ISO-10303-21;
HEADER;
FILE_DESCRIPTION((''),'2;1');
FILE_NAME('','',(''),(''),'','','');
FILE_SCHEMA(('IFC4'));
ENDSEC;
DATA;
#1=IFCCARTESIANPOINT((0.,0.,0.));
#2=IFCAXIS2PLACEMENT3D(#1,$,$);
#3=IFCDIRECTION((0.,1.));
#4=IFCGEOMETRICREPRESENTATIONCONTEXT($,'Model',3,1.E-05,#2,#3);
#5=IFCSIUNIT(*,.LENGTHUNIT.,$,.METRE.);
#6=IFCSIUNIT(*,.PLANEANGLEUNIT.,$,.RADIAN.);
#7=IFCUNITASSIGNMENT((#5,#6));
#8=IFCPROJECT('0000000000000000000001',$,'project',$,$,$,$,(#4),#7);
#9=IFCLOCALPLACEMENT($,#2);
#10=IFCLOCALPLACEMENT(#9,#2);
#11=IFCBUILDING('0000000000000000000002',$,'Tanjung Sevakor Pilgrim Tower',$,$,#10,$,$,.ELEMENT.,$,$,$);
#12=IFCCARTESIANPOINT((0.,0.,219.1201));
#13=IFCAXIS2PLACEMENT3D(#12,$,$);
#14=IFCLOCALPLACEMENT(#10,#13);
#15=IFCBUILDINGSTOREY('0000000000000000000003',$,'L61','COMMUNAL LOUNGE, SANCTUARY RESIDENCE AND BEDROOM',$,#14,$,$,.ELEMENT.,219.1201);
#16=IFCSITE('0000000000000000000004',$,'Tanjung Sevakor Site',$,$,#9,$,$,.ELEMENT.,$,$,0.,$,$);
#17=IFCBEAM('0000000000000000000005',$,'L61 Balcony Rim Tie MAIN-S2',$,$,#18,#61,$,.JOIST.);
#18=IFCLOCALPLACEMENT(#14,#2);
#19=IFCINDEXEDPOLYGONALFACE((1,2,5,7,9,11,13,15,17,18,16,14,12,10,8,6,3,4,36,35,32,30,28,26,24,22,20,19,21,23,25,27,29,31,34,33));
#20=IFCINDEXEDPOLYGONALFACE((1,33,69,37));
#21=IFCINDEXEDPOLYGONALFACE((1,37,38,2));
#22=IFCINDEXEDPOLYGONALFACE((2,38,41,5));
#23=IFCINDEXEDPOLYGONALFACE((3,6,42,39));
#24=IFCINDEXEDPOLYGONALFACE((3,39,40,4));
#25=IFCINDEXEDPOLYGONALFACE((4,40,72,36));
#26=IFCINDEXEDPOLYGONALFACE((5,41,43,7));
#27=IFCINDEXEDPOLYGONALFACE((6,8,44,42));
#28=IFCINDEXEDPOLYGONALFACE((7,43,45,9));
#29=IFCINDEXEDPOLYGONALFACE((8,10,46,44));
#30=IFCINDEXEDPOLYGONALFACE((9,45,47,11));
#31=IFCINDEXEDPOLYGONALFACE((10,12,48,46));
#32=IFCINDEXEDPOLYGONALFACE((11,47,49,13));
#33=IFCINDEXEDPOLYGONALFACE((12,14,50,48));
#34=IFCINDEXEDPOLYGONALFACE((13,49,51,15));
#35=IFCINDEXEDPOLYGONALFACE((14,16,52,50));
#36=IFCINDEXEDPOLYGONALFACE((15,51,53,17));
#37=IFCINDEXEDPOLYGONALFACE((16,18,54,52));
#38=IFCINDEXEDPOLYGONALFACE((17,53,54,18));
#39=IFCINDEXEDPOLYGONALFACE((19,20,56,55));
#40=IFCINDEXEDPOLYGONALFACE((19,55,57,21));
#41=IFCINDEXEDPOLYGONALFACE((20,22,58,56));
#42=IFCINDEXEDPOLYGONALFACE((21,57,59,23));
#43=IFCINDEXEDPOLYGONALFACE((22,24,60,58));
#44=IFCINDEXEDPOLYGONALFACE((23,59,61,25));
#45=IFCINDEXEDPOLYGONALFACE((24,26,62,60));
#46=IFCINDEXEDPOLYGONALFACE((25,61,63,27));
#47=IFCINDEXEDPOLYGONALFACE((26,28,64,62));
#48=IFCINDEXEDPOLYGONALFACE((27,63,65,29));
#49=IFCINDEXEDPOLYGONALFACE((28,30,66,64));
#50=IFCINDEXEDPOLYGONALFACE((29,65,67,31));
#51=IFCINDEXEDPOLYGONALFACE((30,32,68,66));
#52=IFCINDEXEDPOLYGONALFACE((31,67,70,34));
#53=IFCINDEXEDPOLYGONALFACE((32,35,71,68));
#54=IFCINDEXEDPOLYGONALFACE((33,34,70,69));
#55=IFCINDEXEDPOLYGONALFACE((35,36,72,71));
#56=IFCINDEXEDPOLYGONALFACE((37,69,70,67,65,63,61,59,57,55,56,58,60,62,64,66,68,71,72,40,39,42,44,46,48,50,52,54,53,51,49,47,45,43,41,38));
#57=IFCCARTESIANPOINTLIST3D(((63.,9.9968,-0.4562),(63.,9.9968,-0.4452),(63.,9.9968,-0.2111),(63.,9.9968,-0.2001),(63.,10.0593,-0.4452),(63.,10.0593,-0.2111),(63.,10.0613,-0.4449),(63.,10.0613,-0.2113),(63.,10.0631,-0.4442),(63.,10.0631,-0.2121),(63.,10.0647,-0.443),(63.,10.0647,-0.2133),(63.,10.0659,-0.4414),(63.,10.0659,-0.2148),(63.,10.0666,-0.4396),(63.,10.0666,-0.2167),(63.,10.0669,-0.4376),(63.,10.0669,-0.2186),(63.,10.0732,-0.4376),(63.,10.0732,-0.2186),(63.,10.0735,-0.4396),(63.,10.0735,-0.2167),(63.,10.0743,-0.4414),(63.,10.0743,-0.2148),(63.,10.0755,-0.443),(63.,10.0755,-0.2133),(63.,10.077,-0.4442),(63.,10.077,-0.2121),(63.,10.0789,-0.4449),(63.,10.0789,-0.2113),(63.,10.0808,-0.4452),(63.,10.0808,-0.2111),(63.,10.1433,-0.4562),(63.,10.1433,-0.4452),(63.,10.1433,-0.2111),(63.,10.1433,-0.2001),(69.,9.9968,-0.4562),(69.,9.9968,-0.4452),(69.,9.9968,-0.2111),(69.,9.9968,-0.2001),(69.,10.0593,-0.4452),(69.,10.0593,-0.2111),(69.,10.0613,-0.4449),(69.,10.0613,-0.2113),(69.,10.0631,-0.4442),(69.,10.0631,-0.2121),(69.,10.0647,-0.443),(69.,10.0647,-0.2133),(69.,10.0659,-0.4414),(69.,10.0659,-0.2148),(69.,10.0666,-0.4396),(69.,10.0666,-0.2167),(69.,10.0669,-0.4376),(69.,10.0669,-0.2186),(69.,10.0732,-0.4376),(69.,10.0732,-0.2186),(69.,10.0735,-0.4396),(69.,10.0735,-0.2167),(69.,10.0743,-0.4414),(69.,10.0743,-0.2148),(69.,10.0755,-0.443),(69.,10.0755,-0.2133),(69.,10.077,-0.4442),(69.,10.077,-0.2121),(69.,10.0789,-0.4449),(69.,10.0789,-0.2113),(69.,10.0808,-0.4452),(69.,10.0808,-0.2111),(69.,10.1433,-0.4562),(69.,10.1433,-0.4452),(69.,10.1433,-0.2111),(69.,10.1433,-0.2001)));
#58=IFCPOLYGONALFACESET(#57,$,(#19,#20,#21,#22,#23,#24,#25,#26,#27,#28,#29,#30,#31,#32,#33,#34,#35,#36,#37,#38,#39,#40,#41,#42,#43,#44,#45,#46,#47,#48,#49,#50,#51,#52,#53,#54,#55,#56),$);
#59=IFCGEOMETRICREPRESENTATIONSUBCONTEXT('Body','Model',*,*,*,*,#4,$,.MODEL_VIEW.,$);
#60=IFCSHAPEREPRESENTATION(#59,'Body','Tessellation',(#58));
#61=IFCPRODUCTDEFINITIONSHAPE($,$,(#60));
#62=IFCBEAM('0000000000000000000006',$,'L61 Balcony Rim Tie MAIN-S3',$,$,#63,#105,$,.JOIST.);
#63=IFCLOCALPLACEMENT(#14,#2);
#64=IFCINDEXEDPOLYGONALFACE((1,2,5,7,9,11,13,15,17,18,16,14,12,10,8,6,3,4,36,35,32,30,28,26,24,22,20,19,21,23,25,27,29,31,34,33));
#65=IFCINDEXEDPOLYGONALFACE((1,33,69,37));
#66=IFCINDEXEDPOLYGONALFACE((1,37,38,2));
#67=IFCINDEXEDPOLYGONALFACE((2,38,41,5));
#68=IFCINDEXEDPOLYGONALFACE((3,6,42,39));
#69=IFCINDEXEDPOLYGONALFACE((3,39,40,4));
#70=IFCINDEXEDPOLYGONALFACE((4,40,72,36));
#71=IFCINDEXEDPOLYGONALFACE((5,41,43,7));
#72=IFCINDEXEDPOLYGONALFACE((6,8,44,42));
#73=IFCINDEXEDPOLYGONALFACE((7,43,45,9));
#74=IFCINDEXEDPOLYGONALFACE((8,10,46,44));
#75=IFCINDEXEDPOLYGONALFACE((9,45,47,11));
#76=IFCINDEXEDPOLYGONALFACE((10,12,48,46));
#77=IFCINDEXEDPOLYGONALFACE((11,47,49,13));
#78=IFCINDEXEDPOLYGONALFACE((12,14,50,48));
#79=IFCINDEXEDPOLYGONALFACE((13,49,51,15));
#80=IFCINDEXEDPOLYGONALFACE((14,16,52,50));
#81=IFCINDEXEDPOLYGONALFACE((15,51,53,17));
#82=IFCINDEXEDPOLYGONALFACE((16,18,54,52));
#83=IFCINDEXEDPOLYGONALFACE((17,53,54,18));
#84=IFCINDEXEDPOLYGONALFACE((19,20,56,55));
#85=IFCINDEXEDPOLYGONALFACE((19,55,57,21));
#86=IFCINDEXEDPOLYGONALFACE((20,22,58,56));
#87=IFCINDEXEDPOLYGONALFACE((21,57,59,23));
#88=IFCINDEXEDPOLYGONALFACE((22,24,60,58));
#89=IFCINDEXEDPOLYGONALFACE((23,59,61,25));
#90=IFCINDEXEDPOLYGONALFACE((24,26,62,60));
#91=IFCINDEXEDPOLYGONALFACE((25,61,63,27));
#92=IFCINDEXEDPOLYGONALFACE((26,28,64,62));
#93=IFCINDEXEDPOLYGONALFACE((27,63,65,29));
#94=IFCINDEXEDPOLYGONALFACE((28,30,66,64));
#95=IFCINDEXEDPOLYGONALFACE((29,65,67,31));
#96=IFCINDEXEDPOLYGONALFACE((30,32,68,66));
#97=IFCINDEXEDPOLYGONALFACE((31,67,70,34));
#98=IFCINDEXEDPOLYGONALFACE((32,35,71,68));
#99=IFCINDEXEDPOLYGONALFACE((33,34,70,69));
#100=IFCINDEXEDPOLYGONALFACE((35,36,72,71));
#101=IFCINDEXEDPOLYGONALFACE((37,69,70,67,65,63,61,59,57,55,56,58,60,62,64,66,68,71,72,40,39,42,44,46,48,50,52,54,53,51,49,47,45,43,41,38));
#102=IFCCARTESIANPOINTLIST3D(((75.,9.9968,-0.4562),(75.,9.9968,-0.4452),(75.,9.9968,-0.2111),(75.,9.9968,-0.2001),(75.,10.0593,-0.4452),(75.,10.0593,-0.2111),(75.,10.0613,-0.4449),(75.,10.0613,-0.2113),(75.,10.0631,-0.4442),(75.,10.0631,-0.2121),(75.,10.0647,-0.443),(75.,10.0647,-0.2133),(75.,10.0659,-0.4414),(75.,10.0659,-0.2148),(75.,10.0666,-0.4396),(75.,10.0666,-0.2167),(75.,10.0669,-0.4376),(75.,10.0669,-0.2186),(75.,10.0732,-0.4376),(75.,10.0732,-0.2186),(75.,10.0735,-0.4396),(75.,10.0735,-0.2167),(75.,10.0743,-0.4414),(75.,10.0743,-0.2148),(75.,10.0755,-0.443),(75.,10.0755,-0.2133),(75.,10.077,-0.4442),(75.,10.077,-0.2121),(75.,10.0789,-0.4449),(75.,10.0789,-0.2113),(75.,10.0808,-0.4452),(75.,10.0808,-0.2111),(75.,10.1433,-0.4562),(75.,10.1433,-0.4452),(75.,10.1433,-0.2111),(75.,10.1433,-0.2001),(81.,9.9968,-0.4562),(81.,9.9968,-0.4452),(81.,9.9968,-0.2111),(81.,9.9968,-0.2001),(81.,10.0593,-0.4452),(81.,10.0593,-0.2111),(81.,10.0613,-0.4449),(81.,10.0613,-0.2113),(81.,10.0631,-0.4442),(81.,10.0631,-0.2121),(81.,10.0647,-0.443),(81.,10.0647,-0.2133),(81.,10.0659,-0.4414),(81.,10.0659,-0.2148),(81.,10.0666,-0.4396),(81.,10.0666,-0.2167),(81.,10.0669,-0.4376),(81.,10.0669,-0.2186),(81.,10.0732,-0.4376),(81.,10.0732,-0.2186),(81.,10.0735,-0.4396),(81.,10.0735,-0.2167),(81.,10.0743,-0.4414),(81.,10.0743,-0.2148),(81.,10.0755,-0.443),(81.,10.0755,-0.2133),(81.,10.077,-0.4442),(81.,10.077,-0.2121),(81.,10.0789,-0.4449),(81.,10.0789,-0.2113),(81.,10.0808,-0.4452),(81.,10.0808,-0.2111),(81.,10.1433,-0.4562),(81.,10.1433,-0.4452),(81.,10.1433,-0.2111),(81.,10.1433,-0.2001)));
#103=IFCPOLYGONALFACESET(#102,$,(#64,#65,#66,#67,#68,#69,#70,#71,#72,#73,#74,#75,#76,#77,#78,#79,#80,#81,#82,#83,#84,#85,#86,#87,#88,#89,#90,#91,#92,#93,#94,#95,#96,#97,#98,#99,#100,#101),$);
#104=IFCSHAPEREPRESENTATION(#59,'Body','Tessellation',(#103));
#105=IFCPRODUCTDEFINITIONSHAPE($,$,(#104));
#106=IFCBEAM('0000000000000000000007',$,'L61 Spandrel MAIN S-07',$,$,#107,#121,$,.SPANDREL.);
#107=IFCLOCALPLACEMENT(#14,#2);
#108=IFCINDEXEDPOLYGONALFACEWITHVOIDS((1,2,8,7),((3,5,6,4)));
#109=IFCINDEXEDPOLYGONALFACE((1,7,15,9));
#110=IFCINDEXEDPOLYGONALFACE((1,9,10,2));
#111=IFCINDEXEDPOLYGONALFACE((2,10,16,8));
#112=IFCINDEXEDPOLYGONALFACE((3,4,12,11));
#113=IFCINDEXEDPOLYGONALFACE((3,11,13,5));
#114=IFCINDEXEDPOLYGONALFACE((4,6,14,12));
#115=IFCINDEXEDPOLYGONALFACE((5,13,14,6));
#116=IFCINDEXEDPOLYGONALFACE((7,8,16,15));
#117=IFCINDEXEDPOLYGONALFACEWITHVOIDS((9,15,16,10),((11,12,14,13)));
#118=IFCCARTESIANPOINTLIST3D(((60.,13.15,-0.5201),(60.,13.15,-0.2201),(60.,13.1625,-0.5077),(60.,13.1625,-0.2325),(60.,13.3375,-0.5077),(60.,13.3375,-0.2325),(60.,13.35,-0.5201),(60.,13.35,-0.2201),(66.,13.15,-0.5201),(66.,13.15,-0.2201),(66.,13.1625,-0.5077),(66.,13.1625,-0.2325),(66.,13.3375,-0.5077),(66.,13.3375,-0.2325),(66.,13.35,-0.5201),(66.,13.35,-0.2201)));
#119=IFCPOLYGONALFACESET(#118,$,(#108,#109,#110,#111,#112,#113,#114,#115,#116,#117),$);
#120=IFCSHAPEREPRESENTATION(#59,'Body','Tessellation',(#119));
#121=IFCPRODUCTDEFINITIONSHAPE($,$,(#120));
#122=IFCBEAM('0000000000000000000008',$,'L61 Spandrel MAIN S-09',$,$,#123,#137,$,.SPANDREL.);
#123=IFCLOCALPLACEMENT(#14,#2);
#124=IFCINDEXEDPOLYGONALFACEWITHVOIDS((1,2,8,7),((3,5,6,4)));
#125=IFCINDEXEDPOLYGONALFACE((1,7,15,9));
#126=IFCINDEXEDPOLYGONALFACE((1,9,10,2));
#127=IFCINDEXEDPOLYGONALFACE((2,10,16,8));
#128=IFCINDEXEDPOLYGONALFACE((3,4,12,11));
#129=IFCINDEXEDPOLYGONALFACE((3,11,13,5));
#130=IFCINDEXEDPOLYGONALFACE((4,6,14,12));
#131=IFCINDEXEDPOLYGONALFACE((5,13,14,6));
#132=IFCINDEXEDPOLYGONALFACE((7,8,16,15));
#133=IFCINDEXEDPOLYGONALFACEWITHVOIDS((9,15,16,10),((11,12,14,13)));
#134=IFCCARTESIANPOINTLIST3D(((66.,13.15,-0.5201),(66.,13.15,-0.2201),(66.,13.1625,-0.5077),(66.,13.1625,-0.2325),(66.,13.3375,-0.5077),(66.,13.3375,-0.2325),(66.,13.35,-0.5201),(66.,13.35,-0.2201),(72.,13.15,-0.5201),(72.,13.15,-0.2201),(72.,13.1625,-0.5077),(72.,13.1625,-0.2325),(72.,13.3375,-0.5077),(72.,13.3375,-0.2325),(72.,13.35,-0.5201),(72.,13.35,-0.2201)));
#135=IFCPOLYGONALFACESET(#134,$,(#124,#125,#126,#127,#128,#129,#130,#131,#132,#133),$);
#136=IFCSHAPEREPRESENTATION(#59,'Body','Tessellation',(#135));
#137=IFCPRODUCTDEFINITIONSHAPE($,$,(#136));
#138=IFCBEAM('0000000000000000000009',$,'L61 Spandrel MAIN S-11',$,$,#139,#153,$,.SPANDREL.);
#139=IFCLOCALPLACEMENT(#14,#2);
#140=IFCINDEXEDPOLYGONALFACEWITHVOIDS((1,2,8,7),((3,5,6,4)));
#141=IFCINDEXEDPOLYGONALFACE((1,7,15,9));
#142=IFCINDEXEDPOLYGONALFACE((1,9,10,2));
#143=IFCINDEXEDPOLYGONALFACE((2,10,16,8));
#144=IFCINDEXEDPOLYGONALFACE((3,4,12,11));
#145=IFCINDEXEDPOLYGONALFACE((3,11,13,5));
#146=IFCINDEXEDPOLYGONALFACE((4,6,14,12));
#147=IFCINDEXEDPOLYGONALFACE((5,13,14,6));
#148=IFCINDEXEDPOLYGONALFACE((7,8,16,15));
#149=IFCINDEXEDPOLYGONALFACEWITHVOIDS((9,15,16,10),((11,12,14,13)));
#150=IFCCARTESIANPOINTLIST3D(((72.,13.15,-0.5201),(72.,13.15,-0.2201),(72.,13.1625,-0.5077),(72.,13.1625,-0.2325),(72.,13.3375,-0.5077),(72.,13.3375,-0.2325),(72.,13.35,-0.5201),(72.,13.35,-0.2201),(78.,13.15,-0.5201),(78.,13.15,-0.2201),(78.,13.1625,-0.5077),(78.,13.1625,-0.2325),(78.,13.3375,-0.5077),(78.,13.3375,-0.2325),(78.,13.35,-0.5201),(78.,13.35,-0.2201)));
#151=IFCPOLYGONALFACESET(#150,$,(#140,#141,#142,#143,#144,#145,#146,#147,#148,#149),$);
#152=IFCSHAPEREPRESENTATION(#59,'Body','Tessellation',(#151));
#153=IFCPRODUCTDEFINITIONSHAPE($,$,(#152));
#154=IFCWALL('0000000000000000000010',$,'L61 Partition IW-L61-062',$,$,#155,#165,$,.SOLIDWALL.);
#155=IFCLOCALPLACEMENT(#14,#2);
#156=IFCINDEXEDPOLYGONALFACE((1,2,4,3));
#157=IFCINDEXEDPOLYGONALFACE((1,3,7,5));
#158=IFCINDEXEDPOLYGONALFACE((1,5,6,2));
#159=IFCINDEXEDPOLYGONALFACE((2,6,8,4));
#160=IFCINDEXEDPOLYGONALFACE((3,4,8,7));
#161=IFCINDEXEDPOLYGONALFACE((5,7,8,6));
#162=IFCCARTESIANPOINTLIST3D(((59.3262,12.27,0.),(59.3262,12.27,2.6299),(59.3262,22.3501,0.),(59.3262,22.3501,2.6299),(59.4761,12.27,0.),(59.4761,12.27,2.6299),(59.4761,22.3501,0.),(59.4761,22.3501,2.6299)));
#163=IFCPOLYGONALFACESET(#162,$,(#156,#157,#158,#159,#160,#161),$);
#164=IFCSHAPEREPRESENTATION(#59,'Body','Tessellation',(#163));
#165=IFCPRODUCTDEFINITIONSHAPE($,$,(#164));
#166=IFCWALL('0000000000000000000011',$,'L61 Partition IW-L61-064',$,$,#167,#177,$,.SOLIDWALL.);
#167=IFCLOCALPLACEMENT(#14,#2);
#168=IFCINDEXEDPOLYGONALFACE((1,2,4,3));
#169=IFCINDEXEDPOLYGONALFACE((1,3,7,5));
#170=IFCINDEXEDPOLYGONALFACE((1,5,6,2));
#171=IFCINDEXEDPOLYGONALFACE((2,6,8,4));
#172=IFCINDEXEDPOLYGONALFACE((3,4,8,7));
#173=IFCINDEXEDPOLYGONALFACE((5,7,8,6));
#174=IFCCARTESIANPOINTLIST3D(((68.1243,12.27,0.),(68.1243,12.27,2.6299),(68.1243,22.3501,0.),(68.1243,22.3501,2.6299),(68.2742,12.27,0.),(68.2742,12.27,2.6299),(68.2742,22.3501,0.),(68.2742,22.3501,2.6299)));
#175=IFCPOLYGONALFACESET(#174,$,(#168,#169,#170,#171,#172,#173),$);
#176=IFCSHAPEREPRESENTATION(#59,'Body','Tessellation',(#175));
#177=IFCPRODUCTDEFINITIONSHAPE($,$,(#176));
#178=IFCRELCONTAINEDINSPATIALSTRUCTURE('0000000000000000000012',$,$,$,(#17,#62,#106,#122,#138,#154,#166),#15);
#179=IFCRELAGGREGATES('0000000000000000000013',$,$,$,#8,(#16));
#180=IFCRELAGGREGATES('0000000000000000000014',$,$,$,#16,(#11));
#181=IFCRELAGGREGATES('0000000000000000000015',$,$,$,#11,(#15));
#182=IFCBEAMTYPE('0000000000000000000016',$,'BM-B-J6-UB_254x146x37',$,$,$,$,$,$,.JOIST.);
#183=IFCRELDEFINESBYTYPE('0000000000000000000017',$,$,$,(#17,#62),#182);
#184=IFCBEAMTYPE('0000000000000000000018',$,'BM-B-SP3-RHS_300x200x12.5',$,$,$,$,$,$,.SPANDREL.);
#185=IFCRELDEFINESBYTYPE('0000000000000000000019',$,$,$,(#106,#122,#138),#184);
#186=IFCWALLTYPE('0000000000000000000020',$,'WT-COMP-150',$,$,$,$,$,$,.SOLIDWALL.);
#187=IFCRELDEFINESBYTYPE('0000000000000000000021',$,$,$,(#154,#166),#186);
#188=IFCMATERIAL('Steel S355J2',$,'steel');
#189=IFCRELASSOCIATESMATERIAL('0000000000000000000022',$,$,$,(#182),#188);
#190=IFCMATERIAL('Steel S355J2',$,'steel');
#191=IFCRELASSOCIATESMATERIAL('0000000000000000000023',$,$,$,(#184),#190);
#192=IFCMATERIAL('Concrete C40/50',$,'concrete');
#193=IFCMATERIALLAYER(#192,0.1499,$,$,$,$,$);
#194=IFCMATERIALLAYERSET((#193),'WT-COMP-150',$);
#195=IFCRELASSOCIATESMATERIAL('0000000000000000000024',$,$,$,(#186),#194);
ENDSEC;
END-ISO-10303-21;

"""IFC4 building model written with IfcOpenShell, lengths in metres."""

from ifc_helpers import new_model, si_unit, direction, frame, frame_2d, origin, origin_2d, place, context, subcontext, project, spatial, rectangle, hollow_rectangle, i_section, extrude, material, layer, layer_set, material_profile, profile_set, type_object, element, save


model = new_model("IFC4")

# Units and contexts
model_context = context("Model", 3, precision=1e-05, world=origin(), true_north=direction((0.0, 1.0)))
body_context = subcontext(model_context, "Body", "Model", "MODEL_VIEW")
ifc_project = project(units=[si_unit("LENGTHUNIT", "METRE"), si_unit("PLANEANGLEUNIT", "RADIAN")], contexts=[model_context])

# Site, building, storey
site_placement = place(None, origin())
site = spatial("IfcSite", under=ifc_project, at=site_placement, Name="Tanjung Sevakor Site", CompositionType="ELEMENT", RefElevation=0.0)
building_placement = place(site_placement, origin())
building = spatial("IfcBuilding", under=site, at=building_placement, Name="Tanjung Sevakor Pilgrim Tower", CompositionType="ELEMENT")
storey_placement = place(building_placement, frame((0.0, 0.0, 219.1201)))
storey = spatial("IfcBuildingStorey", under=building, at=storey_placement, Name="L61", Description="COMMUNAL LOUNGE, SANCTUARY RESIDENCE AND BEDROOM", CompositionType="ELEMENT", Elevation=219.1201)

# Beams
ifc_material_1 = material(Name="Steel S355J2", Category="steel")
ifc_material_profile_1 = material_profile(ifc_material_1, i_section(OverallWidth=0.1465, OverallDepth=0.2561, WebThickness=0.0063, FlangeThickness=0.011, FilletRadius=0.0076, at=origin_2d()))
ifc_profile_set_1 = profile_set([ifc_material_profile_1], Name="Steel S355J2")
beam_type_1 = type_object("IfcBeamType", Name="BM-B-J6-UB_254x146x37", PredefinedType="JOIST", material=ifc_profile_set_1)
for number, where, z_axis, x_axis, name in (
    (1, (63.0, 10.0701, -0.3281), (1.0, 0.0, 0.0), (0.0, 1.0, 0.0), "L61 Balcony Rim Tie MAIN-S2"),
    (2, (75.0, 10.0701, -0.3281), (1.0, 0.0, 0.0), (0.0, 1.0, 0.0), "L61 Balcony Rim Tie MAIN-S3"),
):
    element("IfcBeam", number, at=place(storey_placement, frame(where, z_axis=z_axis, x_axis=x_axis)), inside=storey, type_object=beam_type_1, Name=name, PredefinedType="JOIST", context=body_context, shape_type="SweptSolid", body=[
        extrude(i_section(OverallWidth=0.1465, OverallDepth=0.2561, WebThickness=0.0063, FlangeThickness=0.011, FilletRadius=0.0076, at=origin_2d()), origin(), (0.0, 0.0, 1.0), 6.0),
    ])
ifc_material_2 = material(Name="Steel S355J2", Category="steel")
ifc_material_profile_2 = material_profile(ifc_material_2, hollow_rectangle(XDim=0.2, YDim=0.3, WallThickness=0.0125, at=origin_2d()))
ifc_profile_set_2 = profile_set([ifc_material_profile_2], Name="Steel S355J2")
beam_type_2 = type_object("IfcBeamType", Name="BM-B-SP3-RHS_300x200x12.5", PredefinedType="SPANDREL", material=ifc_profile_set_2)
for number, where, z_axis, x_axis, name in (
    (3, (60.0, 13.25, -0.3701), (1.0, 0.0, 0.0), (0.0, 1.0, 0.0), "L61 Spandrel MAIN S-07"),
    (4, (66.0, 13.25, -0.3701), (1.0, 0.0, 0.0), (0.0, 1.0, 0.0), "L61 Spandrel MAIN S-09"),
    (5, (72.0, 13.25, -0.3701), (1.0, 0.0, 0.0), (0.0, 1.0, 0.0), "L61 Spandrel MAIN S-11"),
):
    element("IfcBeam", number, at=place(storey_placement, frame(where, z_axis=z_axis, x_axis=x_axis)), inside=storey, type_object=beam_type_2, Name=name, PredefinedType="SPANDREL", context=body_context, shape_type="SweptSolid", body=[
        extrude(hollow_rectangle(XDim=0.2, YDim=0.3, WallThickness=0.0125, at=origin_2d()), origin(), (0.0, 0.0, 1.0), 6.0),
    ])

# Walls
ifc_material_3 = material(Name="Concrete C40/50", Category="concrete")
ifc_layer_1 = layer(ifc_material_3, 0.1499)
ifc_layer_set_1 = layer_set([ifc_layer_1], Name="WT-COMP-150")
wall_type_1 = type_object("IfcWallType", Name="WT-COMP-150", PredefinedType="SOLIDWALL", material=ifc_layer_set_1)
for number, where, z_axis, x_axis, name in (
    (6, (59.4011, 12.27, 0.0), (0.0, 0.0, 1.0), (0.0, 1.0, 0.0), "L61 Partition IW-L61-062"),
    (7, (68.1992, 12.27, 0.0), (0.0, 0.0, 1.0), (0.0, 1.0, 0.0), "L61 Partition IW-L61-064"),
):
    element("IfcWall", number, at=place(storey_placement, frame(where, z_axis=z_axis, x_axis=x_axis)), inside=storey, type_object=wall_type_1, Name=name, PredefinedType="SOLIDWALL", context=body_context, shape_type="SweptSolid", body=[
        extrude(rectangle(XDim=10.0801, YDim=0.1499, at=frame_2d((5.04, 0.0))), origin(), (0.0, 0.0, 1.0), 2.6299),
    ])

save(model, "model.ifc")
